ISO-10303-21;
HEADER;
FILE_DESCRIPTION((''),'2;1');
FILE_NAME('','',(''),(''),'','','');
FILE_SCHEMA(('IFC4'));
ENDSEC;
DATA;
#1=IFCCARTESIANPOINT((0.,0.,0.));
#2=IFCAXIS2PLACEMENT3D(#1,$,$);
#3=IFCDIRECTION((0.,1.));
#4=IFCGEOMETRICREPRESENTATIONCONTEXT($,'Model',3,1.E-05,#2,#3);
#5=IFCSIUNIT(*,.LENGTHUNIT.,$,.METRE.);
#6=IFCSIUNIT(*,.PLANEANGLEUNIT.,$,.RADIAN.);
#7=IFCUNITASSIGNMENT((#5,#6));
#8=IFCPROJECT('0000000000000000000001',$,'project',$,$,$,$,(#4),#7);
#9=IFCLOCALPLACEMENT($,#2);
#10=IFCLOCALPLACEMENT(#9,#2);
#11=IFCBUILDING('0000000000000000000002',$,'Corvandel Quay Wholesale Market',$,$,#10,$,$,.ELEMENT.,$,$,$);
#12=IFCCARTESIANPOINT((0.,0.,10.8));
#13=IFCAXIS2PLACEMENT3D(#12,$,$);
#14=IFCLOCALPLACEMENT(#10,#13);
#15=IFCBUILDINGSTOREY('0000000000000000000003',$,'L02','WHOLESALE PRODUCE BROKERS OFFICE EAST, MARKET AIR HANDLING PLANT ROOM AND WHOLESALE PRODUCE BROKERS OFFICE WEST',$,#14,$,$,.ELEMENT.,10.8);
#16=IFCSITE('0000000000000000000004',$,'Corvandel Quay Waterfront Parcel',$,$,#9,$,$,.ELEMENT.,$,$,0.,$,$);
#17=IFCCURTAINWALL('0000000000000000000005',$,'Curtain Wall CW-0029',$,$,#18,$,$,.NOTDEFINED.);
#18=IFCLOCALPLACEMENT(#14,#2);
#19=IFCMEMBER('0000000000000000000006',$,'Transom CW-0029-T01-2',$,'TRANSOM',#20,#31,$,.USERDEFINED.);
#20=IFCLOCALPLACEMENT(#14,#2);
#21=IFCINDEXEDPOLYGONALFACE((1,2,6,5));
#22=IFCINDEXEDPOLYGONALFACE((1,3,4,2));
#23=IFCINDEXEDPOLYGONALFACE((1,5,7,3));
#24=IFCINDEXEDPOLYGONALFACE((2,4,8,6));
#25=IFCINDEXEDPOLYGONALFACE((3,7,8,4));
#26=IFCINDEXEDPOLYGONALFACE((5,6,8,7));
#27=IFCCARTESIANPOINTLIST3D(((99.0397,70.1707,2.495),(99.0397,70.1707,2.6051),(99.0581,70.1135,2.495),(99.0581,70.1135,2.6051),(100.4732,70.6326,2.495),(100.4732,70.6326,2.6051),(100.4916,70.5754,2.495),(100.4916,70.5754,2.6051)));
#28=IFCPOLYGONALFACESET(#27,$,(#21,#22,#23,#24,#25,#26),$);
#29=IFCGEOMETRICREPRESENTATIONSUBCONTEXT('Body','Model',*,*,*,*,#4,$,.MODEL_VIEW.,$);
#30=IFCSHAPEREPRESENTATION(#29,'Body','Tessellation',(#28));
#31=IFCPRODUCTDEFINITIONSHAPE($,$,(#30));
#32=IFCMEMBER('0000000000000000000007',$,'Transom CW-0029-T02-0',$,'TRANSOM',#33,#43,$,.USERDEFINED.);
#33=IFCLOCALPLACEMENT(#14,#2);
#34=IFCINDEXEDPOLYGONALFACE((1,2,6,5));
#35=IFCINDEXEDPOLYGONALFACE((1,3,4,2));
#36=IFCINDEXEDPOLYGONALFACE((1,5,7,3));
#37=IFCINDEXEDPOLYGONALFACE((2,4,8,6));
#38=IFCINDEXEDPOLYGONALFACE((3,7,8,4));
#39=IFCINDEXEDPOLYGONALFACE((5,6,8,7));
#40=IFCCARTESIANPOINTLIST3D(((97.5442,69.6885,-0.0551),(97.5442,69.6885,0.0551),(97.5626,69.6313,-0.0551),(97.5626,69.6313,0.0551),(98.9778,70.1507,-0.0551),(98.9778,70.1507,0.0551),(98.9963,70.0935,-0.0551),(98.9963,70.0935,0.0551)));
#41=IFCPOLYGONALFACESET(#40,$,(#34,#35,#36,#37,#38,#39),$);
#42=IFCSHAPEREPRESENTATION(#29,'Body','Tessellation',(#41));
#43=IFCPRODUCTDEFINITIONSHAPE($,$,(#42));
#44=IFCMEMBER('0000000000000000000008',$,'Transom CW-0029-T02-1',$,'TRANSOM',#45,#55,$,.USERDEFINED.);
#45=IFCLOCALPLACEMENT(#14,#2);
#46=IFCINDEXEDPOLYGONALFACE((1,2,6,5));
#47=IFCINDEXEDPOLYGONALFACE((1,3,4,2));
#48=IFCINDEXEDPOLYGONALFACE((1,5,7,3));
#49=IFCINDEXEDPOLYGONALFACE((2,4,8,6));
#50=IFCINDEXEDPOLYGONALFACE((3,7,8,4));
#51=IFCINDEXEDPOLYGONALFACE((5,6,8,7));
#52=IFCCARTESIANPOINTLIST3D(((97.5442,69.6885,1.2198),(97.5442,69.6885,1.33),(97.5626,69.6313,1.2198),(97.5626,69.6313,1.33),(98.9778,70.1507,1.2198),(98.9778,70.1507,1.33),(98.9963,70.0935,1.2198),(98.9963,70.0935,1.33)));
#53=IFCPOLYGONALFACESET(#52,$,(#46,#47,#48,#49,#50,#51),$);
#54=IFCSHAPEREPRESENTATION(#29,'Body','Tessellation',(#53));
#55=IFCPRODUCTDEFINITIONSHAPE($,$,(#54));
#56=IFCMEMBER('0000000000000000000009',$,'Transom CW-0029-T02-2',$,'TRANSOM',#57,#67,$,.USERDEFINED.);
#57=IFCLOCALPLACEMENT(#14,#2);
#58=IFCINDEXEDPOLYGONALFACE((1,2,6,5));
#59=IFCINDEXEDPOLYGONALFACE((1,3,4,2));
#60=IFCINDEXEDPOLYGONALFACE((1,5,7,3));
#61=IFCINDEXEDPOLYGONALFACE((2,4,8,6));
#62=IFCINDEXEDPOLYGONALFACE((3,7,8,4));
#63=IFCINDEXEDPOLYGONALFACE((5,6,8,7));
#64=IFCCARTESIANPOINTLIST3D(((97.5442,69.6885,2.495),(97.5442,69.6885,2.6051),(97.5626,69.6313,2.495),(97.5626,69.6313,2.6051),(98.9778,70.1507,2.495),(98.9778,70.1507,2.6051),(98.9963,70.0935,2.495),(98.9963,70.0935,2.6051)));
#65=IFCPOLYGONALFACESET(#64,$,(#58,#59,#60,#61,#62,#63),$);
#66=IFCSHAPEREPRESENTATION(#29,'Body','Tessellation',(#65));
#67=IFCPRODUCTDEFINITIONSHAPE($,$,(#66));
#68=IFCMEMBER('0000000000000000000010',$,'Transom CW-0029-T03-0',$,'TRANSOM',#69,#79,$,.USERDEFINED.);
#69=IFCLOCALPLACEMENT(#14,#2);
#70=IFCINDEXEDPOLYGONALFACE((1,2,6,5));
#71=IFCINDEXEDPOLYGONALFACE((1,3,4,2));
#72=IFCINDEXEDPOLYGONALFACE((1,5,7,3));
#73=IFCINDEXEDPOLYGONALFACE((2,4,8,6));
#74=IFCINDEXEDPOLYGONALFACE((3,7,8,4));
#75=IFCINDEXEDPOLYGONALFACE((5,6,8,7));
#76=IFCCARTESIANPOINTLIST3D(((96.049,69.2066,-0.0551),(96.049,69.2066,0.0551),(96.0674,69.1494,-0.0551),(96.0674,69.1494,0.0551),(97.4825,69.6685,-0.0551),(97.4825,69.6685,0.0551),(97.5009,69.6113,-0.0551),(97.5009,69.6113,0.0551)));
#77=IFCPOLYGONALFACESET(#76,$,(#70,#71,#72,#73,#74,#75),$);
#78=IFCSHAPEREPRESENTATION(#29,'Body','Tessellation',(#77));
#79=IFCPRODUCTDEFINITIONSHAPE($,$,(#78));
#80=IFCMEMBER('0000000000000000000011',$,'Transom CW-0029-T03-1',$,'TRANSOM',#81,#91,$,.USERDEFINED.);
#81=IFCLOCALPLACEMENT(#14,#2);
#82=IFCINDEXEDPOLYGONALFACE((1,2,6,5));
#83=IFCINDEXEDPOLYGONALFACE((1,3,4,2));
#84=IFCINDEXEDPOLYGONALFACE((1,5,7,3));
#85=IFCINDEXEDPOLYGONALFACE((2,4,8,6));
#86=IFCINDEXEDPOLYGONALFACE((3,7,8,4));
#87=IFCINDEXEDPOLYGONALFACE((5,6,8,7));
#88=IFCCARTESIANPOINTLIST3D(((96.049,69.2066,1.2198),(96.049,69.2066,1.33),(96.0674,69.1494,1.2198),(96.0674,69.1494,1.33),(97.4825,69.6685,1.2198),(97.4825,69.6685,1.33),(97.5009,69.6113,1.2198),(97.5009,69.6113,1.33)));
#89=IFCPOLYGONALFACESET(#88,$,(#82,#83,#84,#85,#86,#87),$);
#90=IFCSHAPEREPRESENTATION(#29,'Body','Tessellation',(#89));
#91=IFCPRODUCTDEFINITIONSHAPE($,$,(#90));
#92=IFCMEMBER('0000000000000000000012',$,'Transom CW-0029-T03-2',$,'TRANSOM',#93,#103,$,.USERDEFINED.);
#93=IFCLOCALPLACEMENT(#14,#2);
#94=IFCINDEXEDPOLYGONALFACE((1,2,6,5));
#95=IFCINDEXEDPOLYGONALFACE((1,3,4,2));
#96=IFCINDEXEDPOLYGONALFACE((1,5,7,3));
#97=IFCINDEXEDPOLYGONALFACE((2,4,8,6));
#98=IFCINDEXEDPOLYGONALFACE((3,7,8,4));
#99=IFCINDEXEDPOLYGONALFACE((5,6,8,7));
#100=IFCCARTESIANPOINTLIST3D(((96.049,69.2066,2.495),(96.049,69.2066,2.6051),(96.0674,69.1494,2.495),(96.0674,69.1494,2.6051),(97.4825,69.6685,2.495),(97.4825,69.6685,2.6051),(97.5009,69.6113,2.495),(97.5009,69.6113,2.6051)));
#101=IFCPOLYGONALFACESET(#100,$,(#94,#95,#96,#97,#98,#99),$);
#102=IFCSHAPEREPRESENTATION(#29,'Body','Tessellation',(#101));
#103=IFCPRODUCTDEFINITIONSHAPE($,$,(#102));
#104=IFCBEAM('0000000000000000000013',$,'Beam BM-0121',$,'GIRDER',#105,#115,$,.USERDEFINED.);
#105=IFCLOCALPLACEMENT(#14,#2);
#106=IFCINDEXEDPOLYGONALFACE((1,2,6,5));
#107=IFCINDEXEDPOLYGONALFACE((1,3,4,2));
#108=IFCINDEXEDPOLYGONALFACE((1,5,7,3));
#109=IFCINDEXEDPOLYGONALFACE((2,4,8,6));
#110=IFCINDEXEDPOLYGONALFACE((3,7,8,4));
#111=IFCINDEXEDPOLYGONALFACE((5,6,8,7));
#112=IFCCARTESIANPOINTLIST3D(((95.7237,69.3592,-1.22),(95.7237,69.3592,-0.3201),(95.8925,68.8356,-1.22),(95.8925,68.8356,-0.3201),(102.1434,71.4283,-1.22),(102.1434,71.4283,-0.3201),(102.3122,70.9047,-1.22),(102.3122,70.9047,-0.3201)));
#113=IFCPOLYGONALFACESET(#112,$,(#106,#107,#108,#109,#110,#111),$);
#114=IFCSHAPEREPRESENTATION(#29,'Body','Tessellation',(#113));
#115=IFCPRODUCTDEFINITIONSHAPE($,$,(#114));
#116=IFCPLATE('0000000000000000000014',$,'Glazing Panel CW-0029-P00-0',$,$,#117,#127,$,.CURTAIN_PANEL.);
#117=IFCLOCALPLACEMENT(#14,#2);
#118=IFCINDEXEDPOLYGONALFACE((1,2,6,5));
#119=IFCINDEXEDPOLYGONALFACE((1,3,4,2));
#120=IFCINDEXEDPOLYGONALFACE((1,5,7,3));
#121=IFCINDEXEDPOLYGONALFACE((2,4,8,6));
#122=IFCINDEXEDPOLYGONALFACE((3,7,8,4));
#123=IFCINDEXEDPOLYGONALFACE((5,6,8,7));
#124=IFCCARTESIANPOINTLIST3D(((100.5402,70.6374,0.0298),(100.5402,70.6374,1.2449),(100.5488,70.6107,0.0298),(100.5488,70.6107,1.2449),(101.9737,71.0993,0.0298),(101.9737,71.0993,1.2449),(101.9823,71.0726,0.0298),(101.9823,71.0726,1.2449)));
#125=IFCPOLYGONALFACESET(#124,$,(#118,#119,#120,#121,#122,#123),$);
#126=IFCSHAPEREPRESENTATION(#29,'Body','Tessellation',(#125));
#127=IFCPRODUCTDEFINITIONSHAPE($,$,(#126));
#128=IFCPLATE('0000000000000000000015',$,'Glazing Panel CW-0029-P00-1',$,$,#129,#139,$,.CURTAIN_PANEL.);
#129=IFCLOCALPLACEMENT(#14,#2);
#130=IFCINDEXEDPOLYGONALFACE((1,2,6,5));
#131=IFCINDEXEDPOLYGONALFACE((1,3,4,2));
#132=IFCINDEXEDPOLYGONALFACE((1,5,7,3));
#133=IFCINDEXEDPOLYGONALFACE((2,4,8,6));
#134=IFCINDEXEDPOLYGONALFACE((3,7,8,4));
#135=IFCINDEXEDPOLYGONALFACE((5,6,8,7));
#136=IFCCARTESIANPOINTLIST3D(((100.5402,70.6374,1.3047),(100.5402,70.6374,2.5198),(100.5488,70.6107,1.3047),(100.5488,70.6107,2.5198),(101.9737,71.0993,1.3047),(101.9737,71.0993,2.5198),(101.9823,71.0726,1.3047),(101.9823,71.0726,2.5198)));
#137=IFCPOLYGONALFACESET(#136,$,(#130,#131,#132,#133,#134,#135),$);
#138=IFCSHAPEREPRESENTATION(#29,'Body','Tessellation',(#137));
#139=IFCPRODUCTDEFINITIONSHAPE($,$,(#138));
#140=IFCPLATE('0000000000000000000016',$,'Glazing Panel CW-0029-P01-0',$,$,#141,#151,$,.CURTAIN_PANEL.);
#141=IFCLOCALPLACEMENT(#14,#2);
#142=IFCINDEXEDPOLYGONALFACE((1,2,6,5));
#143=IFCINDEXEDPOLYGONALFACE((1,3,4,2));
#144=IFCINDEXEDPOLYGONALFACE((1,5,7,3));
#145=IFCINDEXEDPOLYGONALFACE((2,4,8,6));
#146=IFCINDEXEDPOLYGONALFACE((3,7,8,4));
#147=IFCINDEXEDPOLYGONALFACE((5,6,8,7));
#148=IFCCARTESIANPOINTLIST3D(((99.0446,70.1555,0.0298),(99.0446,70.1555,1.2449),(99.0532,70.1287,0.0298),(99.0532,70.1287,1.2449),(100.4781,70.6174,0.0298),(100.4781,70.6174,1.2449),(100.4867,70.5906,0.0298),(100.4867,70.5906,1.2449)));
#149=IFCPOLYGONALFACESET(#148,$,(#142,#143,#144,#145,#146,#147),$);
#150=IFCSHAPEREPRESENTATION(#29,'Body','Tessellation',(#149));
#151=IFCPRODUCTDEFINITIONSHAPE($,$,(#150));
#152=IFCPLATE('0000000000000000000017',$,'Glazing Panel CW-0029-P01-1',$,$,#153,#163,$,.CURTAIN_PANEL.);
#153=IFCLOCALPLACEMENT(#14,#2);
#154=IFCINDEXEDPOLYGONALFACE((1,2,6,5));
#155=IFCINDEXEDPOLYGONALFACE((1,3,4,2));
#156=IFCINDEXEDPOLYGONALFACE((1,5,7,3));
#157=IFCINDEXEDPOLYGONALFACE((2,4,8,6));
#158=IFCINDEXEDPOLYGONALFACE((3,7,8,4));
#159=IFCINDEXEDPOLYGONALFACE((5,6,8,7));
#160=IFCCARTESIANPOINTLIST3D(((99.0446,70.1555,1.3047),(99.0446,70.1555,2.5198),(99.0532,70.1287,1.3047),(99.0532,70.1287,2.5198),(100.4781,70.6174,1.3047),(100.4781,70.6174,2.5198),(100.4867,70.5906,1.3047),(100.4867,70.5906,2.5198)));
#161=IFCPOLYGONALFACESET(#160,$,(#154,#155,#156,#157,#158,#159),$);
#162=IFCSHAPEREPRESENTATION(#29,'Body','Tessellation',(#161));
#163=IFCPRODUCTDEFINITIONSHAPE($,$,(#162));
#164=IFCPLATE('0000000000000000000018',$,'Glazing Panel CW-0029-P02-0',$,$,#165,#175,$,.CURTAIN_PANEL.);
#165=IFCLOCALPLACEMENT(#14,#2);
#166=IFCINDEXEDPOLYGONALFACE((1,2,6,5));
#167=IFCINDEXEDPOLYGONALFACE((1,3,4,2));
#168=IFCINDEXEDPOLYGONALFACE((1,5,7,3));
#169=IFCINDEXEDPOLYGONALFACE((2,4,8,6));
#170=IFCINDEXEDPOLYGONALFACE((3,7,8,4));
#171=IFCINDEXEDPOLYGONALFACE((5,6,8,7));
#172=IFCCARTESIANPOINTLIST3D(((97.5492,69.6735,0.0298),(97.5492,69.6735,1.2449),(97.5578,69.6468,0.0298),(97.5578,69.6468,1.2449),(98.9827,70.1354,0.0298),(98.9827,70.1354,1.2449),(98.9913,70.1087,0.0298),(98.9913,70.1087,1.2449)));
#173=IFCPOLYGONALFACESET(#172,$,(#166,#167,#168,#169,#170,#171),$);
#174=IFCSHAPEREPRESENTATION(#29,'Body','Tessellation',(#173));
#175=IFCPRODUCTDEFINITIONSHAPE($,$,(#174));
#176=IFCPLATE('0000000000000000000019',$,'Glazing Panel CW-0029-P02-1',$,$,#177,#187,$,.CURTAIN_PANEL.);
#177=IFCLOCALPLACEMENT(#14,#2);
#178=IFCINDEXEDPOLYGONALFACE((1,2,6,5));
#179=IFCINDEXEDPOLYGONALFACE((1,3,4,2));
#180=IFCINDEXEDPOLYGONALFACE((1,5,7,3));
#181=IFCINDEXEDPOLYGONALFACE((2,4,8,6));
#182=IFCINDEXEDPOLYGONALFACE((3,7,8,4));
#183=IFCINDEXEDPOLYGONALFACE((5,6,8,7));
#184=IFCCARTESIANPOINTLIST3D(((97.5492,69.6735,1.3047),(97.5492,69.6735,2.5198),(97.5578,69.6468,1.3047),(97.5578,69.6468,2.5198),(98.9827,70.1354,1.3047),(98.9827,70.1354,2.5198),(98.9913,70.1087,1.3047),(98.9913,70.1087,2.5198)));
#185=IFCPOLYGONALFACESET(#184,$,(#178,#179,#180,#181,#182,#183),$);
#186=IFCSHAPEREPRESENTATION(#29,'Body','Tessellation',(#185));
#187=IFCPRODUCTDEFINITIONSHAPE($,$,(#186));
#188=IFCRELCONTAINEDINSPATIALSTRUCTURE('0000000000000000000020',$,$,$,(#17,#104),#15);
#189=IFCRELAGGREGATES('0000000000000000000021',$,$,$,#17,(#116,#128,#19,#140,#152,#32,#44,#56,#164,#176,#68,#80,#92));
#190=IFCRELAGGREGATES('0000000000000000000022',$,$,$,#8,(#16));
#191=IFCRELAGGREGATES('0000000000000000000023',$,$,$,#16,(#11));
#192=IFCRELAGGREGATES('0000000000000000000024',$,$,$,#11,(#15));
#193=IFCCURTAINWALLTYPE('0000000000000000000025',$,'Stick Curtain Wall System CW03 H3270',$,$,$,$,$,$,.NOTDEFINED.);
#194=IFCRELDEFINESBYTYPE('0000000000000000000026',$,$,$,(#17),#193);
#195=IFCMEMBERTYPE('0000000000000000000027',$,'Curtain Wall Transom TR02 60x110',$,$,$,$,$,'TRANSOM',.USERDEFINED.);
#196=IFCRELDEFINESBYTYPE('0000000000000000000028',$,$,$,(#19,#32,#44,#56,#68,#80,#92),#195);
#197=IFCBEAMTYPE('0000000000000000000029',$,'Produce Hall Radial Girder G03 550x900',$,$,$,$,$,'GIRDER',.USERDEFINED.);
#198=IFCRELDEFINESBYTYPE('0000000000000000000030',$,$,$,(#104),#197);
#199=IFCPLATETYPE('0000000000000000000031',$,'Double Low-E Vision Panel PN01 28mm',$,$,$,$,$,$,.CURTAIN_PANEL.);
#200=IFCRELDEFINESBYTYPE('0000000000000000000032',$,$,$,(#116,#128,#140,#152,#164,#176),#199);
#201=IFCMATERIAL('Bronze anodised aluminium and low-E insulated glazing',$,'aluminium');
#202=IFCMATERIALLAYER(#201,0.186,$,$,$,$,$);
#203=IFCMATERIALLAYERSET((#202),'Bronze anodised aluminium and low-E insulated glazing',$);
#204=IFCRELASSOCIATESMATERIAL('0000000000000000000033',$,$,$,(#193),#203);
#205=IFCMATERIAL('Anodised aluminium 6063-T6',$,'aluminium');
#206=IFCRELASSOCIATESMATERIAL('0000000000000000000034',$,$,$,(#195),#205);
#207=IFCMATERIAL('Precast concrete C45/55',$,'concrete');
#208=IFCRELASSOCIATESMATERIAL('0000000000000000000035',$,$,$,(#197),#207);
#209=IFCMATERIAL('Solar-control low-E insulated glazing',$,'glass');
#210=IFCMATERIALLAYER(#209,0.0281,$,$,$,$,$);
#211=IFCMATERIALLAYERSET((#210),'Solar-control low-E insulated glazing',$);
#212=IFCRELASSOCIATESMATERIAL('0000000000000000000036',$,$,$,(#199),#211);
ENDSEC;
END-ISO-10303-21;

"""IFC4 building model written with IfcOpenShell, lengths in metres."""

from ifc_helpers import new_model, si_unit, direction, frame, origin, origin_2d, place, context, subcontext, project, spatial, rectangle, extrude, material, layer, layer_set, material_profile, profile_set, type_object, element, aggregate, save


model = new_model("IFC4")

# Units and contexts
model_context = context("Model", 3, precision=1e-05, world=origin(), true_north=direction((0.0, 1.0)))
body_context = subcontext(model_context, "Body", "Model", "MODEL_VIEW")
ifc_project = project(units=[si_unit("LENGTHUNIT", "METRE"), si_unit("PLANEANGLEUNIT", "RADIAN")], contexts=[model_context])

# Site, building, storey
site_placement = place(None, origin())
site = spatial("IfcSite", under=ifc_project, at=site_placement, Name="Corvandel Quay Waterfront Parcel", CompositionType="ELEMENT", RefElevation=0.0)
building_placement = place(site_placement, origin())
building = spatial("IfcBuilding", under=site, at=building_placement, Name="Corvandel Quay Wholesale Market", CompositionType="ELEMENT")
storey_placement = place(building_placement, frame((0.0, 0.0, 10.8)))
storey = spatial("IfcBuildingStorey", under=building, at=storey_placement, Name="L02", Description="WHOLESALE PRODUCE BROKERS OFFICE EAST, MARKET AIR HANDLING PLANT ROOM AND WHOLESALE PRODUCE BROKERS OFFICE WEST", CompositionType="ELEMENT", Elevation=10.8)

# Shared definitions
ifc_material_1 = material(Name="Precast concrete C45/55", Category="concrete")

# Shared definitions
ifc_material_2 = material(Name="Bronze anodised aluminium and low-E insulated glazing", Category="aluminium")
ifc_material_3 = material(Name="Anodised aluminium 6063-T6", Category="aluminium")

# Curtain wall, members
ifc_layer_1 = layer(ifc_material_2, 0.186)
ifc_layer_set_1 = layer_set([ifc_layer_1], Name="Bronze anodised aluminium and low-E insulated glazing")
curtain_wall_type_1 = type_object("IfcCurtainWallType", Name="Stick Curtain Wall System CW03 H3270", PredefinedType="NOTDEFINED", material=ifc_layer_set_1)
curtain_wall_1_placement = place(storey_placement, origin())
curtain_wall_1 = element("IfcCurtainWall", 1, at=curtain_wall_1_placement, inside=storey, type_object=curtain_wall_type_1, Name="Curtain Wall CW-0029", PredefinedType="NOTDEFINED")
ifc_material_profile_1 = material_profile(ifc_material_3, rectangle(XDim=0.0601, YDim=0.1101, at=origin_2d()), Name="ALU-TRN-60x110")
ifc_profile_set_1 = profile_set([ifc_material_profile_1], Name="Anodised aluminium 6063-T6")
member_type_1 = type_object("IfcMemberType", Name="Curtain Wall Transom TR02 60x110", ElementType="TRANSOM", PredefinedType="USERDEFINED", material=ifc_profile_set_1)
member_1_placement = place(storey_placement, frame((100.4824, 70.604, 2.55), z_axis=(-0.951812, -0.306681, 0.0), x_axis=(0.306681, -0.951812, 0.0)))
member_1 = element("IfcMember", 2, at=member_1_placement, type_object=member_type_1, Name="Transom CW-0029-T01-2", ObjectType="TRANSOM", PredefinedType="USERDEFINED", context=body_context, shape_type="SweptSolid", body=[
    extrude(rectangle(XDim=0.0601, YDim=0.1101, at=origin_2d()), origin(), (0.0, 0.0, 1.0), 1.5061),
])
member_2_placement = place(storey_placement, frame((98.9871, 70.1221, 0.0), z_axis=(-0.951765, -0.306828, 0.0), x_axis=(0.306828, -0.951765, 0.0)))
member_2 = element("IfcMember", 3, at=member_2_placement, type_object=member_type_1, Name="Transom CW-0029-T02-0", ObjectType="TRANSOM", PredefinedType="USERDEFINED", context=body_context, shape_type="SweptSolid", body=[
    extrude(rectangle(XDim=0.0601, YDim=0.1101, at=origin_2d()), origin(), (0.0, 0.0, 1.0), 1.5063),
])
member_3_placement = place(storey_placement, frame((98.9871, 70.1221, 1.2749), z_axis=(-0.951765, -0.306828, 0.0), x_axis=(0.306828, -0.951765, 0.0)))
member_3 = element("IfcMember", 4, at=member_3_placement, type_object=member_type_1, Name="Transom CW-0029-T02-1", ObjectType="TRANSOM", PredefinedType="USERDEFINED", context=body_context, shape_type="SweptSolid", body=[
    extrude(rectangle(XDim=0.0601, YDim=0.1101, at=origin_2d()), origin(), (0.0, 0.0, 1.0), 1.5063),
])
member_4_placement = place(storey_placement, frame((98.9871, 70.1221, 2.55), z_axis=(-0.951765, -0.306828, 0.0), x_axis=(0.306828, -0.951765, 0.0)))
member_4 = element("IfcMember", 5, at=member_4_placement, type_object=member_type_1, Name="Transom CW-0029-T02-2", ObjectType="TRANSOM", PredefinedType="USERDEFINED", context=body_context, shape_type="SweptSolid", body=[
    extrude(rectangle(XDim=0.0601, YDim=0.1101, at=origin_2d()), origin(), (0.0, 0.0, 1.0), 1.5063),
])
member_5_placement = place(storey_placement, frame((97.4917, 69.6399, 0.0), z_axis=(-0.951812, -0.306681, 0.0), x_axis=(0.306681, -0.951812, 0.0)))
member_5 = element("IfcMember", 6, at=member_5_placement, type_object=member_type_1, Name="Transom CW-0029-T03-0", ObjectType="TRANSOM", PredefinedType="USERDEFINED", context=body_context, shape_type="SweptSolid", body=[
    extrude(rectangle(XDim=0.0601, YDim=0.1101, at=origin_2d()), origin(), (0.0, 0.0, 1.0), 1.5061),
])
member_6_placement = place(storey_placement, frame((97.4917, 69.6399, 1.2749), z_axis=(-0.951812, -0.306681, 0.0), x_axis=(0.306681, -0.951812, 0.0)))
member_6 = element("IfcMember", 7, at=member_6_placement, type_object=member_type_1, Name="Transom CW-0029-T03-1", ObjectType="TRANSOM", PredefinedType="USERDEFINED", context=body_context, shape_type="SweptSolid", body=[
    extrude(rectangle(XDim=0.0601, YDim=0.1101, at=origin_2d()), origin(), (0.0, 0.0, 1.0), 1.5061),
])
member_7_placement = place(storey_placement, frame((97.4917, 69.6399, 2.55), z_axis=(-0.951812, -0.306681, 0.0), x_axis=(0.306681, -0.951812, 0.0)))
member_7 = element("IfcMember", 8, at=member_7_placement, type_object=member_type_1, Name="Transom CW-0029-T03-2", ObjectType="TRANSOM", PredefinedType="USERDEFINED", context=body_context, shape_type="SweptSolid", body=[
    extrude(rectangle(XDim=0.0601, YDim=0.1101, at=origin_2d()), origin(), (0.0, 0.0, 1.0), 1.5061),
])

# Beam
ifc_material_profile_2 = material_profile(ifc_material_1, rectangle(XDim=0.55, YDim=0.8999, at=origin_2d()), Name="PC-GIR-550x900")
ifc_profile_set_2 = profile_set([ifc_material_profile_2], Name="Precast concrete C45/55")
beam_type_1 = type_object("IfcBeamType", Name="Produce Hall Radial Girder G03 550x900", ElementType="GIRDER", PredefinedType="USERDEFINED", material=ifc_profile_set_2)
beam_1_placement = place(storey_placement, frame((102.2278, 71.1665, -0.77), z_axis=(-0.951785, -0.306765, 0.0), x_axis=(0.306765, -0.951785, 0.0)))
element("IfcBeam", 9, at=beam_1_placement, inside=storey, type_object=beam_type_1, Name="Beam BM-0121", ObjectType="GIRDER", PredefinedType="USERDEFINED", context=body_context, shape_type="SweptSolid", body=[
    extrude(rectangle(XDim=0.55, YDim=0.8999, at=origin_2d()), origin(), (0.0, 0.0, 1.0), 6.7449),
])

# Plates
ifc_material_4 = material(Name="Solar-control low-E insulated glazing", Category="glass")
ifc_layer_2 = layer(ifc_material_4, 0.0281)
ifc_layer_set_2 = layer_set([ifc_layer_2], Name="Solar-control low-E insulated glazing")
plate_type = type_object("IfcPlateType", Name="Double Low-E Vision Panel PN01 28mm", PredefinedType="CURTAIN_PANEL", material=ifc_layer_set_2)
plate_1_placement = place(storey_placement, frame((101.2612, 70.855, 0.0298), z_axis=(0.0, 0.0, 1.0), x_axis=(0.951809, 0.306692, 0.0)))
plate_1 = element("IfcPlate", 10, at=plate_1_placement, type_object=plate_type, Name="Glazing Panel CW-0029-P00-0", PredefinedType="CURTAIN_PANEL", context=body_context, shape_type="SweptSolid", body=[
    extrude(rectangle(XDim=1.5061, YDim=0.0281, at=origin_2d()), origin(), (0.0, 0.0, 1.0), 1.2151),
])
plate_2_placement = place(storey_placement, frame((101.2612, 70.855, 1.3047), z_axis=(0.0, 0.0, 1.0), x_axis=(0.951809, 0.306692, 0.0)))
plate_2 = element("IfcPlate", 11, at=plate_2_placement, type_object=plate_type, Name="Glazing Panel CW-0029-P00-1", PredefinedType="CURTAIN_PANEL", context=body_context, shape_type="SweptSolid", body=[
    extrude(rectangle(XDim=1.5061, YDim=0.0281, at=origin_2d()), origin(), (0.0, 0.0, 1.0), 1.2151),
])
plate_3_placement = place(storey_placement, frame((99.7656, 70.373, 0.0298), z_axis=(0.0, 0.0, 1.0), x_axis=(0.951809, 0.306692, 0.0)))
plate_3 = element("IfcPlate", 12, at=plate_3_placement, type_object=plate_type, Name="Glazing Panel CW-0029-P01-0", PredefinedType="CURTAIN_PANEL", context=body_context, shape_type="SweptSolid", body=[
    extrude(rectangle(XDim=1.5061, YDim=0.0281, at=origin_2d()), origin(), (0.0, 0.0, 1.0), 1.2151),
])
plate_4_placement = place(storey_placement, frame((99.7656, 70.373, 1.3047), z_axis=(0.0, 0.0, 1.0), x_axis=(0.951809, 0.306692, 0.0)))
plate_4 = element("IfcPlate", 13, at=plate_4_placement, type_object=plate_type, Name="Glazing Panel CW-0029-P01-1", PredefinedType="CURTAIN_PANEL", context=body_context, shape_type="SweptSolid", body=[
    extrude(rectangle(XDim=1.5061, YDim=0.0281, at=origin_2d()), origin(), (0.0, 0.0, 1.0), 1.2151),
])
plate_5_placement = place(storey_placement, frame((98.2703, 69.8911, 0.0298), z_axis=(0.0, 0.0, 1.0), x_axis=(0.951809, 0.306692, 0.0)))
plate_5 = element("IfcPlate", 14, at=plate_5_placement, type_object=plate_type, Name="Glazing Panel CW-0029-P02-0", PredefinedType="CURTAIN_PANEL", context=body_context, shape_type="SweptSolid", body=[
    extrude(rectangle(XDim=1.5061, YDim=0.0281, at=origin_2d()), origin(), (0.0, 0.0, 1.0), 1.2151),
])
plate_6_placement = place(storey_placement, frame((98.2703, 69.8911, 1.3047), z_axis=(0.0, 0.0, 1.0), x_axis=(0.951809, 0.306692, 0.0)))
plate_6 = element("IfcPlate", 15, at=plate_6_placement, type_object=plate_type, Name="Glazing Panel CW-0029-P02-1", PredefinedType="CURTAIN_PANEL", context=body_context, shape_type="SweptSolid", body=[
    extrude(rectangle(XDim=1.5061, YDim=0.0281, at=origin_2d()), origin(), (0.0, 0.0, 1.0), 1.2151),
])
aggregate(curtain_wall_1, [plate_1, plate_2, member_1, plate_3, plate_4, member_2, member_3, member_4, plate_5, plate_6, member_5, member_6, member_7])

save(model, "model.ifc")
